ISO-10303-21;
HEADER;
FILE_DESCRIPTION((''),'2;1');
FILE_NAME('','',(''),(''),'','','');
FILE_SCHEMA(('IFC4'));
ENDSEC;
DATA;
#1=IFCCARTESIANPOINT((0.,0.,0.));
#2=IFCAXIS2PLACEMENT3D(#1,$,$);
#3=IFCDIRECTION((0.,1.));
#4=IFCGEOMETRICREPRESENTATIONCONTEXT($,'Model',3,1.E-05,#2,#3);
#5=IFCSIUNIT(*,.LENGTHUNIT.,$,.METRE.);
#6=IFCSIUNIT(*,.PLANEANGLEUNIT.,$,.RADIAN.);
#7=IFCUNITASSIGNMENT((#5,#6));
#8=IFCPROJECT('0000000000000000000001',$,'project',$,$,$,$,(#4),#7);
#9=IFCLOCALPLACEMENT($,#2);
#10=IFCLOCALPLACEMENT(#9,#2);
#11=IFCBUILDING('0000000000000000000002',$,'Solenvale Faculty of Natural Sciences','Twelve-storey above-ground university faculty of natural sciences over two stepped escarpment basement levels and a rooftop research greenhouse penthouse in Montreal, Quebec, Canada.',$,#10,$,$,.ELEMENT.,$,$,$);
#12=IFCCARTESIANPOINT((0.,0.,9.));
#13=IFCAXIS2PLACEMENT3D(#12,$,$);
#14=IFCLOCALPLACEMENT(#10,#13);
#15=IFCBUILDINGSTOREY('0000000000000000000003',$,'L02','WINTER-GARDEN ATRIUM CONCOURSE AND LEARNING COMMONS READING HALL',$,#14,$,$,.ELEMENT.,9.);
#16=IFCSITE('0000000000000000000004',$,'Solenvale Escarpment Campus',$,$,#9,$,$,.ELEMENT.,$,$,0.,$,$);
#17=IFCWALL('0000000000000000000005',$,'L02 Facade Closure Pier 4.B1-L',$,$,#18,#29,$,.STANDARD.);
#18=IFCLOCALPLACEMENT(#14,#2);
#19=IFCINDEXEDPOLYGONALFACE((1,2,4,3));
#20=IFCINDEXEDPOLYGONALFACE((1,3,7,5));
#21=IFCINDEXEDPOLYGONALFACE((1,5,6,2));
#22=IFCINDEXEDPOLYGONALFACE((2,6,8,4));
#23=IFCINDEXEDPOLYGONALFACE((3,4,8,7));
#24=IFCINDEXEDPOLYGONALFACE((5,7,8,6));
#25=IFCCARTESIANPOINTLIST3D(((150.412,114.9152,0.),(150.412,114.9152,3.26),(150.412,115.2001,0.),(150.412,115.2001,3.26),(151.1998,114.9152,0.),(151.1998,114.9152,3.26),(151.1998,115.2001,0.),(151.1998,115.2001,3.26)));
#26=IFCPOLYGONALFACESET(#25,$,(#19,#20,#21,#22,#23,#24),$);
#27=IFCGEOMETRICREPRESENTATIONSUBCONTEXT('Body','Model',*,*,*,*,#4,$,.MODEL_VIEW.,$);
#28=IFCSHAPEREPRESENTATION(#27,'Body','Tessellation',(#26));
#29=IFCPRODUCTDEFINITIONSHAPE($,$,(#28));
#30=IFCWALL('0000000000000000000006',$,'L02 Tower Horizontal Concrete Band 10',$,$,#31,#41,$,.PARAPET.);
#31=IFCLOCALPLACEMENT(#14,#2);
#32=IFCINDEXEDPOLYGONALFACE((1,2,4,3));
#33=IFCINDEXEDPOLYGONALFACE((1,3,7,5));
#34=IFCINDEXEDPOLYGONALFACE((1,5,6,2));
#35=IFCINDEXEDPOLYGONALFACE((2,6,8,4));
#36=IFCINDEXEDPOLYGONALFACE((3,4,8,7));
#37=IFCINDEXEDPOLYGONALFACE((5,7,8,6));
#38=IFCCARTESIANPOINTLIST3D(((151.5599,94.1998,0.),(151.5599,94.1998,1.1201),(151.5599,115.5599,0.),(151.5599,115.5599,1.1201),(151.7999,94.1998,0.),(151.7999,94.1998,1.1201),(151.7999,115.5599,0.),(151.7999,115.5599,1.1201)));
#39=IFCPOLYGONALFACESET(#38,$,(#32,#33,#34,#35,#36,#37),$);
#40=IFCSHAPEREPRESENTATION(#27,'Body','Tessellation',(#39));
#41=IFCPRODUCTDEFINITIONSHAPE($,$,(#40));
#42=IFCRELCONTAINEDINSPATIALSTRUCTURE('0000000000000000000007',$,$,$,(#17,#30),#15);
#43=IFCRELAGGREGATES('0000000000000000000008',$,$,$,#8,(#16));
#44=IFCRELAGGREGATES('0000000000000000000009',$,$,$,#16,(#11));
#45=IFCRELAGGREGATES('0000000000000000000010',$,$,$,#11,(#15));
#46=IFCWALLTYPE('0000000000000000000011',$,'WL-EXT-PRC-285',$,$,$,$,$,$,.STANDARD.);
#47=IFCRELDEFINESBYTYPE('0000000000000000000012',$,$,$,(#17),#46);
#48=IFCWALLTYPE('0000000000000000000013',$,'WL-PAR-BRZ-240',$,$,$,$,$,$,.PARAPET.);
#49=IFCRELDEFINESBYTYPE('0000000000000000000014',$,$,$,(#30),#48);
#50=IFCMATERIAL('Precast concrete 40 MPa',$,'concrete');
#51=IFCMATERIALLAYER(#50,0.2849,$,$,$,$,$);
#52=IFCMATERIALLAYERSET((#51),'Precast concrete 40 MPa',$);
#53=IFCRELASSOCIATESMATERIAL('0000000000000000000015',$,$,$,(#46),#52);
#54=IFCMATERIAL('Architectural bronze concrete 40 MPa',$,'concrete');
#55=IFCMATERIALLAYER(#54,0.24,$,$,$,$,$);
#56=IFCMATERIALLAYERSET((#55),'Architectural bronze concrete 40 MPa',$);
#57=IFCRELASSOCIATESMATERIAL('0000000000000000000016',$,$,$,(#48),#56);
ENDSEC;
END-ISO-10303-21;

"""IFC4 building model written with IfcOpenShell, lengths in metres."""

from ifc_helpers import new_model, si_unit, direction, frame, frame_2d, origin, place, context, subcontext, project, spatial, rectangle, extrude, material, layer, layer_set, type_object, element, save


model = new_model("IFC4")

# Units and contexts
model_context = context("Model", 3, precision=1e-05, world=origin(), true_north=direction((0.0, 1.0)))
body_context = subcontext(model_context, "Body", "Model", "MODEL_VIEW")
ifc_project = project(units=[si_unit("LENGTHUNIT", "METRE"), si_unit("PLANEANGLEUNIT", "RADIAN")], contexts=[model_context])

# Site, building, storey
site_placement = place(None, origin())
site = spatial("IfcSite", under=ifc_project, at=site_placement, Name="Solenvale Escarpment Campus", CompositionType="ELEMENT", RefElevation=0.0)
building_placement = place(site_placement, origin())
building = spatial("IfcBuilding", under=site, at=building_placement, Name="Solenvale Faculty of Natural Sciences", Description="Twelve-storey above-ground university faculty of natural sciences over two stepped escarpment basement levels and a rooftop research greenhouse penthouse in Montreal, Quebec, Canada.", CompositionType="ELEMENT")
storey_placement = place(building_placement, frame((0.0, 0.0, 9.0)))
storey = spatial("IfcBuildingStorey", under=building, at=storey_placement, Name="L02", Description="WINTER-GARDEN ATRIUM CONCOURSE AND LEARNING COMMONS READING HALL", CompositionType="ELEMENT", Elevation=9.0)

# Walls
ifc_material_1 = material(Name="Precast concrete 40 MPa", Category="concrete")
ifc_layer_1 = layer(ifc_material_1, 0.2849)
ifc_layer_set_1 = layer_set([ifc_layer_1], Name="Precast concrete 40 MPa")
wall_type_1 = type_object("IfcWallType", Name="WL-EXT-PRC-285", PredefinedType="STANDARD", material=ifc_layer_set_1)
wall_1_placement = place(storey_placement, frame((151.2, 115.0576, 0.0), z_axis=(0.0, 0.0, 1.0), x_axis=(-1.0, 0.0, 0.0)))
element("IfcWall", 1, at=wall_1_placement, inside=storey, type_object=wall_type_1, Name="L02 Facade Closure Pier 4.B1-L", PredefinedType="STANDARD", context=body_context, shape_type="SweptSolid", body=[
    extrude(rectangle(XDim=0.7878, YDim=0.2849, at=frame_2d((0.394, 0.0))), origin(), (0.0, 0.0, 1.0), 3.26),
])
ifc_material_2 = material(Name="Architectural bronze concrete 40 MPa", Category="concrete")
ifc_layer_2 = layer(ifc_material_2, 0.24)
ifc_layer_set_2 = layer_set([ifc_layer_2], Name="Architectural bronze concrete 40 MPa")
wall_type_2 = type_object("IfcWallType", Name="WL-PAR-BRZ-240", PredefinedType="PARAPET", material=ifc_layer_set_2)
wall_2_placement = place(storey_placement, frame((151.6799, 115.5601, 0.0), z_axis=(0.0, 0.0, 1.0), x_axis=(0.0, -1.0, 0.0)))
element("IfcWall", 2, at=wall_2_placement, inside=storey, type_object=wall_type_2, Name="L02 Tower Horizontal Concrete Band 10", PredefinedType="PARAPET", context=body_context, shape_type="SweptSolid", body=[
    extrude(rectangle(XDim=21.3601, YDim=0.24, at=frame_2d((10.6802, 0.0))), origin(), (0.0, 0.0, 1.0), 1.1201),
])

save(model, "model.ifc")
